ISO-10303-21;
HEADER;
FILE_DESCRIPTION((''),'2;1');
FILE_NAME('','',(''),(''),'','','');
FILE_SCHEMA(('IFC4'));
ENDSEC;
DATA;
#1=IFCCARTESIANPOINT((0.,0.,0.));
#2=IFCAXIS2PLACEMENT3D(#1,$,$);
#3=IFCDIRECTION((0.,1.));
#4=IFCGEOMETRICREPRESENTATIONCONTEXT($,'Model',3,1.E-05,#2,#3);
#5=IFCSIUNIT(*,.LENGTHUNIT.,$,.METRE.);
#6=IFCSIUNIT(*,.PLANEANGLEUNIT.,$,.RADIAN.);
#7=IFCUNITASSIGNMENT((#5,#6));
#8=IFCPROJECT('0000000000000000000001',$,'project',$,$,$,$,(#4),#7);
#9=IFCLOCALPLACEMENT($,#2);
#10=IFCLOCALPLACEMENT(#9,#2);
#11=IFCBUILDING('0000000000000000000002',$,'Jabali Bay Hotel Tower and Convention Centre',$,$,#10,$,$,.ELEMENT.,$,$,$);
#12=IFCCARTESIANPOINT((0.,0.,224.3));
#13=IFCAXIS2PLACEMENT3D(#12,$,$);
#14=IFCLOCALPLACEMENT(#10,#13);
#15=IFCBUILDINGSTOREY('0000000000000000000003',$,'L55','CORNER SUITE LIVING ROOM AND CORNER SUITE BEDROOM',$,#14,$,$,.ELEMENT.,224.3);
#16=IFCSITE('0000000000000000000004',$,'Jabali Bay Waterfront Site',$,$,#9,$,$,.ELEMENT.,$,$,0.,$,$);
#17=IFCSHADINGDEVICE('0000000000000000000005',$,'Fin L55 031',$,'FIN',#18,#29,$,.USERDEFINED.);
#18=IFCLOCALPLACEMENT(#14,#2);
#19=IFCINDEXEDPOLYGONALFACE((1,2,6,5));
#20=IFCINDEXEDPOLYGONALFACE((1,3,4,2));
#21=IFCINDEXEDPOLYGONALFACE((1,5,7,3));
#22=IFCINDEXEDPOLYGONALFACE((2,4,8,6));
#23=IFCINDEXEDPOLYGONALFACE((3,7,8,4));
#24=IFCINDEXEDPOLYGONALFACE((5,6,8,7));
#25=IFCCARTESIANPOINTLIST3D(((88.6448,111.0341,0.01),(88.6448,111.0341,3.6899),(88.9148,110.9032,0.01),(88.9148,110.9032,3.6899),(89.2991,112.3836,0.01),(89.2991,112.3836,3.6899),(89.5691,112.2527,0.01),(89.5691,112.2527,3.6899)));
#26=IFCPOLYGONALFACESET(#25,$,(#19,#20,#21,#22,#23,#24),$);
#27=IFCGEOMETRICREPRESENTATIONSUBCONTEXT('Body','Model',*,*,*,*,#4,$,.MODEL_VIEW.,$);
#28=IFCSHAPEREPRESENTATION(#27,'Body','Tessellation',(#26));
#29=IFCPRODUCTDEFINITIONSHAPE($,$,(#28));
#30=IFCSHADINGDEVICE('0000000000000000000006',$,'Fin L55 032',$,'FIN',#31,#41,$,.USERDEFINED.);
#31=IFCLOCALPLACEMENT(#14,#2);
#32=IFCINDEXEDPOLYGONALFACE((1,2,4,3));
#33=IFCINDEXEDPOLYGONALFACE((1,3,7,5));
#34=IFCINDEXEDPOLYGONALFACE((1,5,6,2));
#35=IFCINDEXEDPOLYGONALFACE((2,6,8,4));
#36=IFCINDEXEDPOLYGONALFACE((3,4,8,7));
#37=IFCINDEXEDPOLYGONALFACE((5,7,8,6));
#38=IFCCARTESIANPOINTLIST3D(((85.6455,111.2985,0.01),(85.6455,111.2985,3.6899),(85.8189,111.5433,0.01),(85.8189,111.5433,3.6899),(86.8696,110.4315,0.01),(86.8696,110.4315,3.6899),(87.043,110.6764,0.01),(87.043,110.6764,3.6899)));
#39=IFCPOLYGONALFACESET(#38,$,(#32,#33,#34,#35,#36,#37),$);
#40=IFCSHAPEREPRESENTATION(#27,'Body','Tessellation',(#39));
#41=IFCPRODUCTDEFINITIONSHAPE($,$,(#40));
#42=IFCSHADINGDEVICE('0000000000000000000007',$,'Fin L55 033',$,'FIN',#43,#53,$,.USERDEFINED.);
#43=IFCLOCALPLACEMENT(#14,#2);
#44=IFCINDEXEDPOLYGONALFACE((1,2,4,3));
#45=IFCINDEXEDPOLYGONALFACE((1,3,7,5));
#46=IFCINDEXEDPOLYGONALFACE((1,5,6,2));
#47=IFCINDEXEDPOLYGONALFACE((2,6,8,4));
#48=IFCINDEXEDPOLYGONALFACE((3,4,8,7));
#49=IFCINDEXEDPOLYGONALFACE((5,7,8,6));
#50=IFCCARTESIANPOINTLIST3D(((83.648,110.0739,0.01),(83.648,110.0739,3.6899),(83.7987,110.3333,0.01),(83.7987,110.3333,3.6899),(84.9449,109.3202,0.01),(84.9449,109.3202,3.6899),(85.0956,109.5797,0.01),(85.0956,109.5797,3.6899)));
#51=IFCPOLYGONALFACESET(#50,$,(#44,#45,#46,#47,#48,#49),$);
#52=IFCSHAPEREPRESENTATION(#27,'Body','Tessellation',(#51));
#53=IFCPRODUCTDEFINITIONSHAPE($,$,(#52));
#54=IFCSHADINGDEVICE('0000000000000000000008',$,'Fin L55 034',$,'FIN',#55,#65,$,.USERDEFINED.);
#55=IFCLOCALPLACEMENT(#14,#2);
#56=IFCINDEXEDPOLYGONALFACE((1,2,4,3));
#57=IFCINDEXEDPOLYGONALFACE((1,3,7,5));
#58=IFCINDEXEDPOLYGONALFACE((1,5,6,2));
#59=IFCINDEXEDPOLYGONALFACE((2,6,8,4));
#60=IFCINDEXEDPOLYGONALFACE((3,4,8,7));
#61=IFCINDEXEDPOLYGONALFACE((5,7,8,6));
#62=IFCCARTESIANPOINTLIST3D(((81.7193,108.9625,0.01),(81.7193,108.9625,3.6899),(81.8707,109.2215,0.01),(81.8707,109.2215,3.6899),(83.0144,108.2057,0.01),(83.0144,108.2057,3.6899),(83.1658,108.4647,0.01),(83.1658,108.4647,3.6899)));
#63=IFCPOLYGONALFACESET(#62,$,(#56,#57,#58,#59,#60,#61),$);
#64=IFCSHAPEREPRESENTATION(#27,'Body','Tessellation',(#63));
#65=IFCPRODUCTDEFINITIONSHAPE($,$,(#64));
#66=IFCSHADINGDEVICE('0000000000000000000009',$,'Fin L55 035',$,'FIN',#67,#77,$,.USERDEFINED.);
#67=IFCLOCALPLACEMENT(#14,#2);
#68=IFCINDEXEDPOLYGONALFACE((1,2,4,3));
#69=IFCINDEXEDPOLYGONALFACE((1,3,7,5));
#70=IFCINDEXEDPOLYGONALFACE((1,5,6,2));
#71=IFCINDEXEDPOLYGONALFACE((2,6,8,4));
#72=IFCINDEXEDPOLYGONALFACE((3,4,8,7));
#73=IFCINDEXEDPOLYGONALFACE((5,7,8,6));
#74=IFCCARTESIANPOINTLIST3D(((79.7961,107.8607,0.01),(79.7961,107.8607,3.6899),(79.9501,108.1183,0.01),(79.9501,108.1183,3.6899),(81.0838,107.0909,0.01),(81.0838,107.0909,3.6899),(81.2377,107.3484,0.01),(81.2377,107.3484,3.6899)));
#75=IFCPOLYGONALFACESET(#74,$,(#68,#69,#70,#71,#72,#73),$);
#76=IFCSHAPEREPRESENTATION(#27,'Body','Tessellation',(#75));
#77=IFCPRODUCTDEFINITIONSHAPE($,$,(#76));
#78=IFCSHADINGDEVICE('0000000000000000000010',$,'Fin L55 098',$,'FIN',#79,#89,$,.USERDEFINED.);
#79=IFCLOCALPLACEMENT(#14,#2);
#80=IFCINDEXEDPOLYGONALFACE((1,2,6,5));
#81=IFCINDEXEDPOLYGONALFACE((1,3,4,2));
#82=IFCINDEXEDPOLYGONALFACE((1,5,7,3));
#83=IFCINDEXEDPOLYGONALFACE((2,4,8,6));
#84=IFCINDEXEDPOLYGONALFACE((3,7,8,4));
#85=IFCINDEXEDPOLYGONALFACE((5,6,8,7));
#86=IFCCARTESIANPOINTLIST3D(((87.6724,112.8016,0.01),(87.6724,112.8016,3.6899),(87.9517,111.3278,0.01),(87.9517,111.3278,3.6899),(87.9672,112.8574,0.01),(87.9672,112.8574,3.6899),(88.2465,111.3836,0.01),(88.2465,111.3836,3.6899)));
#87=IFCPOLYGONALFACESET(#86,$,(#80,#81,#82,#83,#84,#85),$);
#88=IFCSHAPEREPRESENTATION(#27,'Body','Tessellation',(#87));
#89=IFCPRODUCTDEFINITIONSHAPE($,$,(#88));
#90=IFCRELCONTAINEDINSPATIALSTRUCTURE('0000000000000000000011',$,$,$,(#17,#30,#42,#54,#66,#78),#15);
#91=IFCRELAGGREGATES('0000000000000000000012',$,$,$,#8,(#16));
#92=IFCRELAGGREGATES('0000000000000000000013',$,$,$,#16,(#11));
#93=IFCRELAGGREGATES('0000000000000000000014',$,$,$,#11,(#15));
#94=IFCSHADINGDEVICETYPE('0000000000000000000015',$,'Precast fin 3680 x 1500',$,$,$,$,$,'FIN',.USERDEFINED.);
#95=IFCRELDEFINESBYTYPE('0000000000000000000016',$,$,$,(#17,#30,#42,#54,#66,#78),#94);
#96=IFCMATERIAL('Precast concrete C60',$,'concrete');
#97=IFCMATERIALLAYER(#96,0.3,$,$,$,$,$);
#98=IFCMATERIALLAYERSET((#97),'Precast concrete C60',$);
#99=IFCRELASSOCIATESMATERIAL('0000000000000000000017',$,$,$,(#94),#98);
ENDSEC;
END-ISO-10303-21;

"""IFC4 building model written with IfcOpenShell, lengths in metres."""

from ifc_helpers import new_model, si_unit, direction, frame, frame_2d, origin, place, context, subcontext, project, spatial, rectangle, extrude, material, layer, layer_set, type_object, element, save


model = new_model("IFC4")

# Units and contexts
model_context = context("Model", 3, precision=1e-05, world=origin(), true_north=direction((0.0, 1.0)))
body_context = subcontext(model_context, "Body", "Model", "MODEL_VIEW")
ifc_project = project(units=[si_unit("LENGTHUNIT", "METRE"), si_unit("PLANEANGLEUNIT", "RADIAN")], contexts=[model_context])

# Site, building, storey
site_placement = place(None, origin())
site = spatial("IfcSite", under=ifc_project, at=site_placement, Name="Jabali Bay Waterfront Site", CompositionType="ELEMENT", RefElevation=0.0)
building_placement = place(site_placement, origin())
building = spatial("IfcBuilding", under=site, at=building_placement, Name="Jabali Bay Hotel Tower and Convention Centre", CompositionType="ELEMENT")
storey_placement = place(building_placement, frame((0.0, 0.0, 224.3)))
storey = spatial("IfcBuildingStorey", under=building, at=storey_placement, Name="L55", Description="CORNER SUITE LIVING ROOM AND CORNER SUITE BEDROOM", CompositionType="ELEMENT", Elevation=224.3)

# Shading devices
ifc_material_1 = material(Name="Precast concrete C60", Category="concrete")
ifc_layer_1 = layer(ifc_material_1, 0.3)
ifc_layer_set_1 = layer_set([ifc_layer_1], Name="Precast concrete C60")
shading_device_type = type_object("IfcShadingDeviceType", Name="Precast fin 3680 x 1500", ElementType="FIN", PredefinedType="USERDEFINED", material=ifc_layer_set_1)
shading_device_1_placement = place(storey_placement, frame((88.7798, 110.9685, 0.01), z_axis=(0.0, 0.0, 1.0), x_axis=(0.436242, 0.89983, 0.0)))
element("IfcShadingDevice", 1, at=shading_device_1_placement, inside=storey, type_object=shading_device_type, Name="Fin L55 031", ObjectType="FIN", PredefinedType="USERDEFINED", context=body_context, shape_type="SweptSolid", body=[
    extrude(rectangle(XDim=1.4998, YDim=0.3, at=frame_2d((0.75, 0.0))), origin(), (0.0, 0.0, 1.0), 3.6799),
])
for number, where, z_axis, x_axis, name in (
    (2, (86.9563, 110.554, 0.01), (0.0, 0.0, 1.0), (-0.816069, 0.577954, 0.0), "Fin L55 032"),
    (3, (85.0203, 109.45, 0.01), (0.0, 0.0, 1.0), (-0.864604, 0.502454, 0.0), "Fin L55 033"),
    (4, (83.0901, 108.3352, 0.01), (0.0, 0.0, 1.0), (-0.863395, 0.504529, 0.0), "Fin L55 034"),
):
    element("IfcShadingDevice", number, at=place(storey_placement, frame(where, z_axis=z_axis, x_axis=x_axis)), inside=storey, type_object=shading_device_type, Name=name, ObjectType="FIN", PredefinedType="USERDEFINED", context=body_context, shape_type="SweptSolid", body=[
        extrude(rectangle(XDim=1.5, YDim=0.3, at=frame_2d((0.75, 0.0))), origin(), (0.0, 0.0, 1.0), 3.6799),
    ])
shading_device_2_placement = place(storey_placement, frame((81.1606, 107.2197, 0.01), z_axis=(0.0, 0.0, 1.0), x_axis=(-0.85831, 0.513131, 0.0)))
element("IfcShadingDevice", 5, at=shading_device_2_placement, inside=storey, type_object=shading_device_type, Name="Fin L55 035", ObjectType="FIN", PredefinedType="USERDEFINED", context=body_context, shape_type="SweptSolid", body=[
    extrude(rectangle(XDim=1.5002, YDim=0.3, at=frame_2d((0.75, 0.0))), origin(), (0.0, 0.0, 1.0), 3.6799),
])
shading_device_3_placement = place(storey_placement, frame((88.0991, 111.3557, 0.01), z_axis=(0.0, 0.0, 1.0), x_axis=(-0.186185, 0.982515, 0.0)))
element("IfcShadingDevice", 6, at=shading_device_3_placement, inside=storey, type_object=shading_device_type, Name="Fin L55 098", ObjectType="FIN", PredefinedType="USERDEFINED", context=body_context, shape_type="SweptSolid", body=[
    extrude(rectangle(XDim=1.5, YDim=0.3, at=frame_2d((0.75, 0.0))), origin(), (0.0, 0.0, 1.0), 3.6799),
])

save(model, "model.ifc")
